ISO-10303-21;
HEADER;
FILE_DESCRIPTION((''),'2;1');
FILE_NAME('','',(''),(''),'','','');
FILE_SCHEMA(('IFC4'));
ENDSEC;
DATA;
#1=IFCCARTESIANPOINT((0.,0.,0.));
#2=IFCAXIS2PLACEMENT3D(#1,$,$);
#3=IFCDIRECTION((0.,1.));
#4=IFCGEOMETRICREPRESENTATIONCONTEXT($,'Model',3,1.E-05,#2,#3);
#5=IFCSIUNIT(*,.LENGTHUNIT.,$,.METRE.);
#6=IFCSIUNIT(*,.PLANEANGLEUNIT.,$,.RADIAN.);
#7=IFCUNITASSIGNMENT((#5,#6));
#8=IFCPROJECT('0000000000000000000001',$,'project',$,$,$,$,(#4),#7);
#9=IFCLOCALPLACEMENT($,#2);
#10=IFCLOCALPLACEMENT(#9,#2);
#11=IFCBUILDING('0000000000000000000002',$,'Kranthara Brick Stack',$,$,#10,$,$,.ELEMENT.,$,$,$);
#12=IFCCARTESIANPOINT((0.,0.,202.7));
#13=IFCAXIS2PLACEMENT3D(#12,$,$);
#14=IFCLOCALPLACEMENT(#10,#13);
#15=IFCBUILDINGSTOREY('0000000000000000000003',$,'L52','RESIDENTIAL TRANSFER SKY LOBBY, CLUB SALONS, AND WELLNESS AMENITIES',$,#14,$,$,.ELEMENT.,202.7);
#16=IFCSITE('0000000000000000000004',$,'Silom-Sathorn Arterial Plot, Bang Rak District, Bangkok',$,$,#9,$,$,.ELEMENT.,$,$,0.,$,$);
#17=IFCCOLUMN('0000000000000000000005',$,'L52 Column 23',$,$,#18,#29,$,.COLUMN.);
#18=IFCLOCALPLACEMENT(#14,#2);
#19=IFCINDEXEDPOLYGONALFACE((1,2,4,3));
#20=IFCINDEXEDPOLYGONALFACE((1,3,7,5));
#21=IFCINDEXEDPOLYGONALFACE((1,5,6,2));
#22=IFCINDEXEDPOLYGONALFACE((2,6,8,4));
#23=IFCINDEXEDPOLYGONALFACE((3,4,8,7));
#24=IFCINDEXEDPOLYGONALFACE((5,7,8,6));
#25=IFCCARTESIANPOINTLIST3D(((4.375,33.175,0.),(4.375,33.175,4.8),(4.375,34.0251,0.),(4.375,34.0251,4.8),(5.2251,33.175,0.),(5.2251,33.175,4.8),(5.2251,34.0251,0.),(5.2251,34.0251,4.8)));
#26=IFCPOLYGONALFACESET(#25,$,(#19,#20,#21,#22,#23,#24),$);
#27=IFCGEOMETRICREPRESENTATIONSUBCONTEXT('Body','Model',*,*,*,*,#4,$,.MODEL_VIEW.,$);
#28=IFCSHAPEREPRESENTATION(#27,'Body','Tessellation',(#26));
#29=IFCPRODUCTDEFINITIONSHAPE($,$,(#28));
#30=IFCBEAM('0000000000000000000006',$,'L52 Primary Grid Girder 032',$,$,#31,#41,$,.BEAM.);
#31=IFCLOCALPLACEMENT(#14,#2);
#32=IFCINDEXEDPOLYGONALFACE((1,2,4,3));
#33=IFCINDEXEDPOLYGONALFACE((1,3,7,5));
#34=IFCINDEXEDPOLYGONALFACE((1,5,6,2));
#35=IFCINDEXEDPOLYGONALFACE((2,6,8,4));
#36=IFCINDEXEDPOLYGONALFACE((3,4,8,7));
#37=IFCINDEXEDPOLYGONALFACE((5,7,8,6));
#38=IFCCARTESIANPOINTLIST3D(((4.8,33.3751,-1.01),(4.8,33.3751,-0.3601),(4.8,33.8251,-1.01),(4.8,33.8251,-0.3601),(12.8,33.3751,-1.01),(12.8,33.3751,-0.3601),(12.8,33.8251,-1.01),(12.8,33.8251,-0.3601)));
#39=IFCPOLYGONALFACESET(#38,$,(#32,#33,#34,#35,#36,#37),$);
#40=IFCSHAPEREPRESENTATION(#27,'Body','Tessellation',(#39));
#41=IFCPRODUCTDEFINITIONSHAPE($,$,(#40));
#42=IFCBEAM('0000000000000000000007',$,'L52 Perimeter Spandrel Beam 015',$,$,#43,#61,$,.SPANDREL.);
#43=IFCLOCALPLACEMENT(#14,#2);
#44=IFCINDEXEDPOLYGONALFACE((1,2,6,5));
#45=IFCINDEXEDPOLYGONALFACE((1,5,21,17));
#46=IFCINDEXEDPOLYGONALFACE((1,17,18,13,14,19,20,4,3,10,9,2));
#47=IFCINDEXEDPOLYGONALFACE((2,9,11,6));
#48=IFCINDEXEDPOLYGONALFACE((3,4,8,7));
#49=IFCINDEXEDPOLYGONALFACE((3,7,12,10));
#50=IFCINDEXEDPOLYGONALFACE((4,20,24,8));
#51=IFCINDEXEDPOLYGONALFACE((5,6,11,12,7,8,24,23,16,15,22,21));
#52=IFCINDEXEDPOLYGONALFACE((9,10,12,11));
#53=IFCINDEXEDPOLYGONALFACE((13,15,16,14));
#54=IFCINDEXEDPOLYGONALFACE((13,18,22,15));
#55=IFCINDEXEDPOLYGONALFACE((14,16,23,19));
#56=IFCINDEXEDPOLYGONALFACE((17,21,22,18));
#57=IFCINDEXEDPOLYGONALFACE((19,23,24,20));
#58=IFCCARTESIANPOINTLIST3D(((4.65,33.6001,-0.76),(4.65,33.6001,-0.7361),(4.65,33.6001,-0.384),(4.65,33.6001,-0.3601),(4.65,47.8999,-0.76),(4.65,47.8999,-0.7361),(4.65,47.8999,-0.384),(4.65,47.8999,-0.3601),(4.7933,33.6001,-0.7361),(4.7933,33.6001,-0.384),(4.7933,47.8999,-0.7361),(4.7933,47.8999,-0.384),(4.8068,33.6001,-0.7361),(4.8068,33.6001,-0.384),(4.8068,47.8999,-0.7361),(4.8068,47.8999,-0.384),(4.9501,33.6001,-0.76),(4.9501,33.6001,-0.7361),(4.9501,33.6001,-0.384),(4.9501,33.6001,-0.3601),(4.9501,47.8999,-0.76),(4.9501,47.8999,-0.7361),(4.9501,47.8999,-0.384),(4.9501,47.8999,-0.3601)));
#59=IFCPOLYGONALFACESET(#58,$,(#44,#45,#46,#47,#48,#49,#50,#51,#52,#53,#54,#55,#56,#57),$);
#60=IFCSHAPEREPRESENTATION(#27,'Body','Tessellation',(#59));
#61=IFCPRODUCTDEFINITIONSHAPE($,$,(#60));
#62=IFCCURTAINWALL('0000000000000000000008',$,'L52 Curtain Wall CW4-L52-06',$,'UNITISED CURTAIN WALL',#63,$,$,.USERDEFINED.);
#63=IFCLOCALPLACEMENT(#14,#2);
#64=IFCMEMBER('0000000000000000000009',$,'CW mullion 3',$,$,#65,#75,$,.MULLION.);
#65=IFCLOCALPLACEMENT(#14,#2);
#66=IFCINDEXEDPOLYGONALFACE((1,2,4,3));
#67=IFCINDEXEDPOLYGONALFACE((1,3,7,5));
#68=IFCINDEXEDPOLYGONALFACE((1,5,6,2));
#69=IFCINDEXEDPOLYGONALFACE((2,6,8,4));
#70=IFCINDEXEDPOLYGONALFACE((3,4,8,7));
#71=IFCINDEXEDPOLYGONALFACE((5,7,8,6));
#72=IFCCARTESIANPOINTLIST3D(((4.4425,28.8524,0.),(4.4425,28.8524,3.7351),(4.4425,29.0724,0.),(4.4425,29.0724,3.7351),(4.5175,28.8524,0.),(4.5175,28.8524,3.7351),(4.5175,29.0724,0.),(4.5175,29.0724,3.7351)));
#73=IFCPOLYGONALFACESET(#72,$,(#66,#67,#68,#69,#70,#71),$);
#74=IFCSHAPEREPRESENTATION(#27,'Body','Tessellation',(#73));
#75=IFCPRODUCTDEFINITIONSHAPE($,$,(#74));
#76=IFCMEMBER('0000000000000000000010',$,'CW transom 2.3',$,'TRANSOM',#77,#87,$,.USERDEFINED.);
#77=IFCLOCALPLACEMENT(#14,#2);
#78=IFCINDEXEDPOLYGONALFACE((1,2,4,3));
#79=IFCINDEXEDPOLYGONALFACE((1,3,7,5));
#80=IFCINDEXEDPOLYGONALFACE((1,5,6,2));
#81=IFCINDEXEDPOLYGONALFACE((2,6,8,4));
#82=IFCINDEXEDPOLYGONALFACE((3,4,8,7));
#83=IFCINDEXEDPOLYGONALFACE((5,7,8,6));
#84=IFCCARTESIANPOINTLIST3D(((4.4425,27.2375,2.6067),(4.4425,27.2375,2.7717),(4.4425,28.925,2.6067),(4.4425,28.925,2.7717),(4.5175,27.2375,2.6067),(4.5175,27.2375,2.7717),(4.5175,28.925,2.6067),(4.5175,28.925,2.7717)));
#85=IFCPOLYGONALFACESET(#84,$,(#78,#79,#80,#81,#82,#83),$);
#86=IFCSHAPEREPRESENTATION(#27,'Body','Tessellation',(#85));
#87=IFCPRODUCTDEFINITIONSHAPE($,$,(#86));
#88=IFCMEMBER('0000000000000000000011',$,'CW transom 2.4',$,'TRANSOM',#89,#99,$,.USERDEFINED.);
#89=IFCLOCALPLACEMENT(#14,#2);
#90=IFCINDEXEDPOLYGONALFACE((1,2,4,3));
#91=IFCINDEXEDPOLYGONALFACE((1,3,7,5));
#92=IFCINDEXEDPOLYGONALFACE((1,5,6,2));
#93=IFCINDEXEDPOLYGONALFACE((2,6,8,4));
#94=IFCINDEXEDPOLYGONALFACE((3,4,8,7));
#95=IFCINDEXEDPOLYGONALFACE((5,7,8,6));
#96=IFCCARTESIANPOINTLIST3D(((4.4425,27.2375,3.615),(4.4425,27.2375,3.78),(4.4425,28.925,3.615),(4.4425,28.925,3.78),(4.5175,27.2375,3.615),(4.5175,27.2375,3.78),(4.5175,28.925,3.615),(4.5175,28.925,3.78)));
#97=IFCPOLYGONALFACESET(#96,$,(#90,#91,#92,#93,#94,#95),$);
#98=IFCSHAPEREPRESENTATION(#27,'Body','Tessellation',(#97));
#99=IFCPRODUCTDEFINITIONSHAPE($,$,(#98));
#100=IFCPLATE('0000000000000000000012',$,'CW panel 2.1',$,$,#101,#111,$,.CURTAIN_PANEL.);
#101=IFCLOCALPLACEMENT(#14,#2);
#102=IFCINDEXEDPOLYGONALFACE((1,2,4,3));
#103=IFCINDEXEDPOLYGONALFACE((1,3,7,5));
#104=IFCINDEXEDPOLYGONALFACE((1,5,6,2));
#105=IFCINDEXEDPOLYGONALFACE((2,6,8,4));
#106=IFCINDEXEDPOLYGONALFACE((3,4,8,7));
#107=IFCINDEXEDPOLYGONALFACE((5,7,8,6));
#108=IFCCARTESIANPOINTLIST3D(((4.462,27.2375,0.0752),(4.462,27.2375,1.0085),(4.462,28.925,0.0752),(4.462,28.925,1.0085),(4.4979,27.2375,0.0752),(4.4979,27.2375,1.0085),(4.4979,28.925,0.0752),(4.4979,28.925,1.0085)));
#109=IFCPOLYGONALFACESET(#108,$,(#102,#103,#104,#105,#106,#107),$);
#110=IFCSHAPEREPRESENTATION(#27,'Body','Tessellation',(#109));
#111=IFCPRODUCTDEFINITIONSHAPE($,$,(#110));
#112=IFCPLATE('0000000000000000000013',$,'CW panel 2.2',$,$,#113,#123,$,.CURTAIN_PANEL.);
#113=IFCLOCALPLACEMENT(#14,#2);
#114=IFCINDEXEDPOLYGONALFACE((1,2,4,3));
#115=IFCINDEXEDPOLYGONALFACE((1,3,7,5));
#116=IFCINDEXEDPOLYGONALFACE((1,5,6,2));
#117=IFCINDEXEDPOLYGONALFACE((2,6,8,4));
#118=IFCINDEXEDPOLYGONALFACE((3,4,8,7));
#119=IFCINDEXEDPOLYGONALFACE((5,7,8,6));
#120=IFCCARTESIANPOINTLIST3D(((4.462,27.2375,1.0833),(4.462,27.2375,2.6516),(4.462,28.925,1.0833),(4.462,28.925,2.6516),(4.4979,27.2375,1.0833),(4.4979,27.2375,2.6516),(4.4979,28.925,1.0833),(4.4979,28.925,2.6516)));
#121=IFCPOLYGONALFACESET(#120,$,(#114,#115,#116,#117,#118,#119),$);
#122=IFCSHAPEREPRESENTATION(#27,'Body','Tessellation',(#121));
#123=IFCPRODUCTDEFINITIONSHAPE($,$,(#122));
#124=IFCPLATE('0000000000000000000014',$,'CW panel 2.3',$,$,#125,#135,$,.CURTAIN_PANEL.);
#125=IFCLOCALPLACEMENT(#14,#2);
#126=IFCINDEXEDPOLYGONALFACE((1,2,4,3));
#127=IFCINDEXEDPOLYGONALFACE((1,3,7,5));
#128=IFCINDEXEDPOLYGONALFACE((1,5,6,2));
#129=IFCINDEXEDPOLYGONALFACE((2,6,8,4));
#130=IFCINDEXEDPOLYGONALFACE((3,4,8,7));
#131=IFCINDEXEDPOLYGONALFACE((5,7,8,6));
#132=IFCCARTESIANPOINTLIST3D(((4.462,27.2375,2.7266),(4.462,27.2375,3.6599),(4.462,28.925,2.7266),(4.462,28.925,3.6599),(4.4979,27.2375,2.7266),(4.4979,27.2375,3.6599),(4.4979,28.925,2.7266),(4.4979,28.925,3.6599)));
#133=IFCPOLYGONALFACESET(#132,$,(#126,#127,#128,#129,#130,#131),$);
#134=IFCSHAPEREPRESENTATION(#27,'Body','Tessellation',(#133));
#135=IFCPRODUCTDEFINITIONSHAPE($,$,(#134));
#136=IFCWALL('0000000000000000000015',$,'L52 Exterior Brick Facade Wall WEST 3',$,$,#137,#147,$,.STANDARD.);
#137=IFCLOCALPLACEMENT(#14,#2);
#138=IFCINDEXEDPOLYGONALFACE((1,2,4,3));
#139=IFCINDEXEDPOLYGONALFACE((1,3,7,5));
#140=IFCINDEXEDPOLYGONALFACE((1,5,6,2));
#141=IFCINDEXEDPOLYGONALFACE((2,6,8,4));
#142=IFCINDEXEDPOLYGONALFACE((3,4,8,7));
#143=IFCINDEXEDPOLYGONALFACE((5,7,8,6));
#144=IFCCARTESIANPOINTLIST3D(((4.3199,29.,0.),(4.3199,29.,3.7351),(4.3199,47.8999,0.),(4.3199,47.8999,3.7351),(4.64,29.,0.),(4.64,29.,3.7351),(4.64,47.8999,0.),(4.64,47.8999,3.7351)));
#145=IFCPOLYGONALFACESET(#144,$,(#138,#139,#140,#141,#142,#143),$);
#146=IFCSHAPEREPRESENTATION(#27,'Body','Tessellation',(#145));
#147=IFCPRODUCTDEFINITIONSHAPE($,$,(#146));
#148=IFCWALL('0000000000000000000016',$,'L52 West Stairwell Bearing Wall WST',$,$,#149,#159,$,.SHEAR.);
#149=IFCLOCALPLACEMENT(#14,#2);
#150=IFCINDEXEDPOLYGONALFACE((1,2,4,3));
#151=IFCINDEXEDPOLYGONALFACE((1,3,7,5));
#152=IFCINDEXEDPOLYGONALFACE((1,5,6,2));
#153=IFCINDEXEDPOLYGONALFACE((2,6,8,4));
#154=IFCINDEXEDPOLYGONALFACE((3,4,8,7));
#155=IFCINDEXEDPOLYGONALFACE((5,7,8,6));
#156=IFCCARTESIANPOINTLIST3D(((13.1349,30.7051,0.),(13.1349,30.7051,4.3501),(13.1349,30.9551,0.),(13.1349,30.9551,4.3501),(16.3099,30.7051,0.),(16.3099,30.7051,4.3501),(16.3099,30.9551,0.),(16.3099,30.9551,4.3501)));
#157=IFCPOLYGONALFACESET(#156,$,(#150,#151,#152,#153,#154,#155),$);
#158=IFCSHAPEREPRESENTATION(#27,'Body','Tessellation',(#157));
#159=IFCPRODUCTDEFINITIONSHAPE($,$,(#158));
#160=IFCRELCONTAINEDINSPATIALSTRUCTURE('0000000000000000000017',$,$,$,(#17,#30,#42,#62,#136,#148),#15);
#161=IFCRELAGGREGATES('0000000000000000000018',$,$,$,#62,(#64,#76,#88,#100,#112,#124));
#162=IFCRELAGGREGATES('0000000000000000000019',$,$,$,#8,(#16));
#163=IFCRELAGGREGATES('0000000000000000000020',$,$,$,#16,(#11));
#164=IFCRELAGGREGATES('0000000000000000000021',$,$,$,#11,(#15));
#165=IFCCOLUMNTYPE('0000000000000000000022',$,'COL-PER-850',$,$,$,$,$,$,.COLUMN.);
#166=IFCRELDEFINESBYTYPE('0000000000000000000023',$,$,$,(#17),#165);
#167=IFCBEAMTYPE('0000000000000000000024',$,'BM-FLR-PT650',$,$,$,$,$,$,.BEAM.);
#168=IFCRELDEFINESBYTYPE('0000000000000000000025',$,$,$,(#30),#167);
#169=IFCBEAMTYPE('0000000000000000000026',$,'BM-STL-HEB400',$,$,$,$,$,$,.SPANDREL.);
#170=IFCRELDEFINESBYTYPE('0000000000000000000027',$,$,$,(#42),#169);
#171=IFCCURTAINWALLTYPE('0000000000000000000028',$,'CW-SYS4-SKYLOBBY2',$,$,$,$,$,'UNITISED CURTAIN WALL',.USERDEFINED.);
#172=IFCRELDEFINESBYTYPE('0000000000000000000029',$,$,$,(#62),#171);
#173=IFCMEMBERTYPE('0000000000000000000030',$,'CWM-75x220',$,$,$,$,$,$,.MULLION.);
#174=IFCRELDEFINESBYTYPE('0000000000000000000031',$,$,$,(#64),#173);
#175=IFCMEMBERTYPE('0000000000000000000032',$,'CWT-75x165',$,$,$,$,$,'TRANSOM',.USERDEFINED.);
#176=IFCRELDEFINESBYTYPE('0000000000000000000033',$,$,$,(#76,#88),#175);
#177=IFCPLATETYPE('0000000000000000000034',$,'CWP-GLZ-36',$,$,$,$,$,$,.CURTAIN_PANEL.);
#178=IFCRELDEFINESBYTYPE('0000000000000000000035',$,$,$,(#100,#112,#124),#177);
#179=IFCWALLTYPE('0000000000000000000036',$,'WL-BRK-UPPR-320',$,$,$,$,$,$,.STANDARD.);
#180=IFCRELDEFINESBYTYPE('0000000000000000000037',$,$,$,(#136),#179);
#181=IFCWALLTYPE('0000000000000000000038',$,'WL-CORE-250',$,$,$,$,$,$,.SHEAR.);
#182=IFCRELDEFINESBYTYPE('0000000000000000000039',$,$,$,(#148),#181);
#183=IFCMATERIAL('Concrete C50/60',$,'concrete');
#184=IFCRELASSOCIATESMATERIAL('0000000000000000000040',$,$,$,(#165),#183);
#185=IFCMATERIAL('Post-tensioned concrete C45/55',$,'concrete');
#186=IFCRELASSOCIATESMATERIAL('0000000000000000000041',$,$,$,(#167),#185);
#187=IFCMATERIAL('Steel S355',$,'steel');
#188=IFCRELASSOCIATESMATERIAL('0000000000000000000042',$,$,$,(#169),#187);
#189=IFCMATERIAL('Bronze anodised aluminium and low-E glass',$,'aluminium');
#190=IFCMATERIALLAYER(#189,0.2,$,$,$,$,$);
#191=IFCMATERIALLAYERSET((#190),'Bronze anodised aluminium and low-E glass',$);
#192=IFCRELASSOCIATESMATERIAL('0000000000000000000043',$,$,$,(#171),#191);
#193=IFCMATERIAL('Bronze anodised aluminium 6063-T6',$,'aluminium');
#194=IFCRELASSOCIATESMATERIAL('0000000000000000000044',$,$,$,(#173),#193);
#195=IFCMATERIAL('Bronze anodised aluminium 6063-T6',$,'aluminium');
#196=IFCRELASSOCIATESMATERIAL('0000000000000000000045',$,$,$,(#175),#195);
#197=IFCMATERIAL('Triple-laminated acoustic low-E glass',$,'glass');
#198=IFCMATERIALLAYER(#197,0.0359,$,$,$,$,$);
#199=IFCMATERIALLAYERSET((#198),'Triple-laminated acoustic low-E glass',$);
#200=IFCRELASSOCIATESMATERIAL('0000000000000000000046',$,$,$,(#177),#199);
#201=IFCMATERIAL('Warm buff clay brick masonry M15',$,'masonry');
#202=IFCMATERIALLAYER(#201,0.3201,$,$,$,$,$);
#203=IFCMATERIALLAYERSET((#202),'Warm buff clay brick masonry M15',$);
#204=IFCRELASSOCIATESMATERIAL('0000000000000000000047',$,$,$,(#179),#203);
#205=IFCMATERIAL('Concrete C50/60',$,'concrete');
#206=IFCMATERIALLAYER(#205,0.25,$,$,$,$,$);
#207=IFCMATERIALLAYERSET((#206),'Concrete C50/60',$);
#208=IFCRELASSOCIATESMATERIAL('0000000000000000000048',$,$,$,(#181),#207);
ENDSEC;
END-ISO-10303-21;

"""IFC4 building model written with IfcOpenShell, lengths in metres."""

from ifc_helpers import new_model, si_unit, direction, frame, frame_2d, origin, origin_2d, place, context, subcontext, project, spatial, rectangle, i_section, extrude, material, layer, layer_set, material_profile, profile_set, type_object, element, aggregate, save


model = new_model("IFC4")

# Units and contexts
model_context = context("Model", 3, precision=1e-05, world=origin(), true_north=direction((0.0, 1.0)))
body_context = subcontext(model_context, "Body", "Model", "MODEL_VIEW")
ifc_project = project(units=[si_unit("LENGTHUNIT", "METRE"), si_unit("PLANEANGLEUNIT", "RADIAN")], contexts=[model_context])

# Site, building, storey
site_placement = place(None, origin())
site = spatial("IfcSite", under=ifc_project, at=site_placement, Name="Silom-Sathorn Arterial Plot, Bang Rak District, Bangkok", CompositionType="ELEMENT", RefElevation=0.0)
building_placement = place(site_placement, origin())
building = spatial("IfcBuilding", under=site, at=building_placement, Name="Kranthara Brick Stack", CompositionType="ELEMENT")
storey_placement = place(building_placement, frame((0.0, 0.0, 202.7)))
storey = spatial("IfcBuildingStorey", under=building, at=storey_placement, Name="L52", Description="RESIDENTIAL TRANSFER SKY LOBBY, CLUB SALONS, AND WELLNESS AMENITIES", CompositionType="ELEMENT", Elevation=202.7)

# Column
ifc_material_1 = material(Name="Concrete C50/60", Category="concrete")
ifc_material_profile_1 = material_profile(ifc_material_1, rectangle(XDim=0.8501, YDim=0.8501, at=origin_2d()), Name="RC 850x850")
ifc_profile_set_1 = profile_set([ifc_material_profile_1], Name="Concrete C50/60")
column_type = type_object("IfcColumnType", Name="COL-PER-850", PredefinedType="COLUMN", material=ifc_profile_set_1)
column_placement = place(storey_placement, frame((4.8, 33.6001, 0.0), z_axis=(0.0, 0.0, 1.0), x_axis=(1.0, 0.0, 0.0)))
element("IfcColumn", 1, at=column_placement, inside=storey, type_object=column_type, Name="L52 Column 23", PredefinedType="COLUMN", context=body_context, shape_type="SweptSolid", body=[
    extrude(rectangle(XDim=0.8501, YDim=0.8501, at=origin_2d()), origin(), (0.0, 0.0, 1.0), 4.8),
])

# Beams
ifc_material_2 = material(Name="Post-tensioned concrete C45/55", Category="concrete")
ifc_material_profile_2 = material_profile(ifc_material_2, rectangle(XDim=0.45, YDim=0.6499, at=origin_2d()), Name="PT 450x650")
ifc_profile_set_2 = profile_set([ifc_material_profile_2], Name="Post-tensioned concrete C45/55")
beam_type_1 = type_object("IfcBeamType", Name="BM-FLR-PT650", PredefinedType="BEAM", material=ifc_profile_set_2)
beam_1_placement = place(storey_placement, frame((4.8, 33.6001, -0.6851), z_axis=(1.0, 0.0, 0.0), x_axis=(0.0, 1.0, 0.0)))
element("IfcBeam", 2, at=beam_1_placement, inside=storey, type_object=beam_type_1, Name="L52 Primary Grid Girder 032", PredefinedType="BEAM", context=body_context, shape_type="SweptSolid", body=[
    extrude(rectangle(XDim=0.45, YDim=0.6499, at=origin_2d()), origin(), (0.0, 0.0, 1.0), 8.0),
])
ifc_material_3 = material(Name="Steel S355", Category="steel")
ifc_material_profile_3 = material_profile(ifc_material_3, i_section(OverallWidth=0.3, OverallDepth=0.3999, WebThickness=0.0134, FlangeThickness=0.0239, at=origin_2d()), Name="HEB 400")
ifc_profile_set_3 = profile_set([ifc_material_profile_3], Name="Steel S355")
beam_type_2 = type_object("IfcBeamType", Name="BM-STL-HEB400", PredefinedType="SPANDREL", material=ifc_profile_set_3)
beam_2_placement = place(storey_placement, frame((4.8, 33.6001, -0.5601), z_axis=(0.0, 1.0, 0.0), x_axis=(-1.0, 0.0, 0.0)))
element("IfcBeam", 3, at=beam_2_placement, inside=storey, type_object=beam_type_2, Name="L52 Perimeter Spandrel Beam 015", PredefinedType="SPANDREL", context=body_context, shape_type="SweptSolid", body=[
    extrude(i_section(OverallWidth=0.3, OverallDepth=0.3999, WebThickness=0.0134, FlangeThickness=0.0239, at=origin_2d()), origin(), (0.0, 0.0, 1.0), 14.2998),
])

# Curtain wall, members, plates
ifc_material_4 = material(Name="Bronze anodised aluminium and low-E glass", Category="aluminium")
ifc_layer_1 = layer(ifc_material_4, 0.2)
ifc_layer_set_1 = layer_set([ifc_layer_1], Name="Bronze anodised aluminium and low-E glass")
curtain_wall_type = type_object("IfcCurtainWallType", Name="CW-SYS4-SKYLOBBY2", ElementType="UNITISED CURTAIN WALL", PredefinedType="USERDEFINED", material=ifc_layer_set_1)
curtain_wall_placement = place(storey_placement, origin())
curtain_wall = element("IfcCurtainWall", 4, at=curtain_wall_placement, inside=storey, type_object=curtain_wall_type, Name="L52 Curtain Wall CW4-L52-06", ObjectType="UNITISED CURTAIN WALL", PredefinedType="USERDEFINED")
ifc_material_5 = material(Name="Bronze anodised aluminium 6063-T6", Category="aluminium")
ifc_material_profile_4 = material_profile(ifc_material_5, rectangle(XDim=0.075, YDim=0.22, at=origin_2d()), Name="ALU MULLION 75x220")
ifc_profile_set_4 = profile_set([ifc_material_profile_4], Name="Bronze anodised aluminium 6063-T6")
member_type_1 = type_object("IfcMemberType", Name="CWM-75x220", PredefinedType="MULLION", material=ifc_profile_set_4)
member_1_placement = place(storey_placement, frame((4.48, 28.9624, 0.0), z_axis=(0.0, 0.0, 1.0), x_axis=(-1.0, 0.0, 0.0)))
member_1 = element("IfcMember", 5, at=member_1_placement, type_object=member_type_1, Name="CW mullion 3", PredefinedType="MULLION", context=body_context, shape_type="SweptSolid", body=[
    extrude(rectangle(XDim=0.075, YDim=0.22, at=origin_2d()), origin(), (0.0, 0.0, 1.0), 3.7351),
])
ifc_material_6 = material(Name="Bronze anodised aluminium 6063-T6", Category="aluminium")
ifc_material_profile_5 = material_profile(ifc_material_6, rectangle(XDim=0.075, YDim=0.165, at=origin_2d()), Name="ALU TRANSOM 75x165")
ifc_profile_set_5 = profile_set([ifc_material_profile_5], Name="Bronze anodised aluminium 6063-T6")
member_type_2 = type_object("IfcMemberType", Name="CWT-75x165", ElementType="TRANSOM", PredefinedType="USERDEFINED", material=ifc_profile_set_5)
member_2_placement = place(storey_placement, frame((4.48, 27.2375, 2.6892), z_axis=(0.0, 1.0, 0.0), x_axis=(-1.0, 0.0, 0.0)))
member_2 = element("IfcMember", 6, at=member_2_placement, type_object=member_type_2, Name="CW transom 2.3", ObjectType="TRANSOM", PredefinedType="USERDEFINED", context=body_context, shape_type="SweptSolid", body=[
    extrude(rectangle(XDim=0.075, YDim=0.165, at=origin_2d()), origin(), (0.0, 0.0, 1.0), 1.6875),
])
member_3_placement = place(storey_placement, frame((4.48, 27.2375, 3.6975), z_axis=(0.0, 1.0, 0.0), x_axis=(-1.0, 0.0, 0.0)))
member_3 = element("IfcMember", 7, at=member_3_placement, type_object=member_type_2, Name="CW transom 2.4", ObjectType="TRANSOM", PredefinedType="USERDEFINED", context=body_context, shape_type="SweptSolid", body=[
    extrude(rectangle(XDim=0.075, YDim=0.165, at=origin_2d()), origin(), (0.0, 0.0, 1.0), 1.6875),
])
ifc_material_7 = material(Name="Triple-laminated acoustic low-E glass", Category="glass")
ifc_layer_2 = layer(ifc_material_7, 0.0359)
ifc_layer_set_2 = layer_set([ifc_layer_2], Name="Triple-laminated acoustic low-E glass")
plate_type = type_object("IfcPlateType", Name="CWP-GLZ-36", PredefinedType="CURTAIN_PANEL", material=ifc_layer_set_2)
plate_1_placement = place(storey_placement, frame((4.48, 28.0813, 0.0752), z_axis=(0.0, 0.0, 1.0), x_axis=(0.0, 1.0, 0.0)))
plate_1 = element("IfcPlate", 8, at=plate_1_placement, type_object=plate_type, Name="CW panel 2.1", PredefinedType="CURTAIN_PANEL", context=body_context, shape_type="SweptSolid", body=[
    extrude(rectangle(XDim=1.6875, YDim=0.0359, at=origin_2d()), origin(), (0.0, 0.0, 1.0), 0.9333),
])
plate_2_placement = place(storey_placement, frame((4.48, 28.0813, 1.0833), z_axis=(0.0, 0.0, 1.0), x_axis=(0.0, 1.0, 0.0)))
plate_2 = element("IfcPlate", 9, at=plate_2_placement, type_object=plate_type, Name="CW panel 2.2", PredefinedType="CURTAIN_PANEL", context=body_context, shape_type="SweptSolid", body=[
    extrude(rectangle(XDim=1.6875, YDim=0.0359, at=origin_2d()), origin(), (0.0, 0.0, 1.0), 1.5684),
])
plate_3_placement = place(storey_placement, frame((4.48, 28.0813, 2.7266), z_axis=(0.0, 0.0, 1.0), x_axis=(0.0, 1.0, 0.0)))
plate_3 = element("IfcPlate", 10, at=plate_3_placement, type_object=plate_type, Name="CW panel 2.3", PredefinedType="CURTAIN_PANEL", context=body_context, shape_type="SweptSolid", body=[
    extrude(rectangle(XDim=1.6875, YDim=0.0359, at=origin_2d()), origin(), (0.0, 0.0, 1.0), 0.9333),
])
aggregate(curtain_wall, [member_1, member_2, member_3, plate_1, plate_2, plate_3])

# Walls
ifc_material_8 = material(Name="Warm buff clay brick masonry M15", Category="masonry")
ifc_layer_3 = layer(ifc_material_8, 0.3201)
ifc_layer_set_3 = layer_set([ifc_layer_3], Name="Warm buff clay brick masonry M15")
wall_type_1 = type_object("IfcWallType", Name="WL-BRK-UPPR-320", PredefinedType="STANDARD", material=ifc_layer_set_3)
wall_1_placement = place(storey_placement, frame((4.48, 29.0, 0.0), z_axis=(0.0, 0.0, 1.0), x_axis=(0.0, 1.0, 0.0)))
element("IfcWall", 11, at=wall_1_placement, inside=storey, type_object=wall_type_1, Name="L52 Exterior Brick Facade Wall WEST 3", PredefinedType="STANDARD", context=body_context, shape_type="SweptSolid", body=[
    extrude(rectangle(XDim=18.8999, YDim=0.3201, at=frame_2d((9.45, 0.0))), origin(), (0.0, 0.0, 1.0), 3.7351),
])
ifc_material_9 = material(Name="Concrete C50/60", Category="concrete")
ifc_layer_4 = layer(ifc_material_9, 0.25)
ifc_layer_set_4 = layer_set([ifc_layer_4], Name="Concrete C50/60")
wall_type_2 = type_object("IfcWallType", Name="WL-CORE-250", PredefinedType="SHEAR", material=ifc_layer_set_4)
wall_2_placement = place(storey_placement, frame((13.135, 30.8301, 0.0), z_axis=(0.0, 0.0, 1.0), x_axis=(1.0, 0.0, 0.0)))
element("IfcWall", 12, at=wall_2_placement, inside=storey, type_object=wall_type_2, Name="L52 West Stairwell Bearing Wall WST", PredefinedType="SHEAR", context=body_context, shape_type="SweptSolid", body=[
    extrude(rectangle(XDim=3.175, YDim=0.25, at=frame_2d((1.5874, 0.0))), origin(), (0.0, 0.0, 1.0), 4.3501),
])

save(model, "model.ifc")
